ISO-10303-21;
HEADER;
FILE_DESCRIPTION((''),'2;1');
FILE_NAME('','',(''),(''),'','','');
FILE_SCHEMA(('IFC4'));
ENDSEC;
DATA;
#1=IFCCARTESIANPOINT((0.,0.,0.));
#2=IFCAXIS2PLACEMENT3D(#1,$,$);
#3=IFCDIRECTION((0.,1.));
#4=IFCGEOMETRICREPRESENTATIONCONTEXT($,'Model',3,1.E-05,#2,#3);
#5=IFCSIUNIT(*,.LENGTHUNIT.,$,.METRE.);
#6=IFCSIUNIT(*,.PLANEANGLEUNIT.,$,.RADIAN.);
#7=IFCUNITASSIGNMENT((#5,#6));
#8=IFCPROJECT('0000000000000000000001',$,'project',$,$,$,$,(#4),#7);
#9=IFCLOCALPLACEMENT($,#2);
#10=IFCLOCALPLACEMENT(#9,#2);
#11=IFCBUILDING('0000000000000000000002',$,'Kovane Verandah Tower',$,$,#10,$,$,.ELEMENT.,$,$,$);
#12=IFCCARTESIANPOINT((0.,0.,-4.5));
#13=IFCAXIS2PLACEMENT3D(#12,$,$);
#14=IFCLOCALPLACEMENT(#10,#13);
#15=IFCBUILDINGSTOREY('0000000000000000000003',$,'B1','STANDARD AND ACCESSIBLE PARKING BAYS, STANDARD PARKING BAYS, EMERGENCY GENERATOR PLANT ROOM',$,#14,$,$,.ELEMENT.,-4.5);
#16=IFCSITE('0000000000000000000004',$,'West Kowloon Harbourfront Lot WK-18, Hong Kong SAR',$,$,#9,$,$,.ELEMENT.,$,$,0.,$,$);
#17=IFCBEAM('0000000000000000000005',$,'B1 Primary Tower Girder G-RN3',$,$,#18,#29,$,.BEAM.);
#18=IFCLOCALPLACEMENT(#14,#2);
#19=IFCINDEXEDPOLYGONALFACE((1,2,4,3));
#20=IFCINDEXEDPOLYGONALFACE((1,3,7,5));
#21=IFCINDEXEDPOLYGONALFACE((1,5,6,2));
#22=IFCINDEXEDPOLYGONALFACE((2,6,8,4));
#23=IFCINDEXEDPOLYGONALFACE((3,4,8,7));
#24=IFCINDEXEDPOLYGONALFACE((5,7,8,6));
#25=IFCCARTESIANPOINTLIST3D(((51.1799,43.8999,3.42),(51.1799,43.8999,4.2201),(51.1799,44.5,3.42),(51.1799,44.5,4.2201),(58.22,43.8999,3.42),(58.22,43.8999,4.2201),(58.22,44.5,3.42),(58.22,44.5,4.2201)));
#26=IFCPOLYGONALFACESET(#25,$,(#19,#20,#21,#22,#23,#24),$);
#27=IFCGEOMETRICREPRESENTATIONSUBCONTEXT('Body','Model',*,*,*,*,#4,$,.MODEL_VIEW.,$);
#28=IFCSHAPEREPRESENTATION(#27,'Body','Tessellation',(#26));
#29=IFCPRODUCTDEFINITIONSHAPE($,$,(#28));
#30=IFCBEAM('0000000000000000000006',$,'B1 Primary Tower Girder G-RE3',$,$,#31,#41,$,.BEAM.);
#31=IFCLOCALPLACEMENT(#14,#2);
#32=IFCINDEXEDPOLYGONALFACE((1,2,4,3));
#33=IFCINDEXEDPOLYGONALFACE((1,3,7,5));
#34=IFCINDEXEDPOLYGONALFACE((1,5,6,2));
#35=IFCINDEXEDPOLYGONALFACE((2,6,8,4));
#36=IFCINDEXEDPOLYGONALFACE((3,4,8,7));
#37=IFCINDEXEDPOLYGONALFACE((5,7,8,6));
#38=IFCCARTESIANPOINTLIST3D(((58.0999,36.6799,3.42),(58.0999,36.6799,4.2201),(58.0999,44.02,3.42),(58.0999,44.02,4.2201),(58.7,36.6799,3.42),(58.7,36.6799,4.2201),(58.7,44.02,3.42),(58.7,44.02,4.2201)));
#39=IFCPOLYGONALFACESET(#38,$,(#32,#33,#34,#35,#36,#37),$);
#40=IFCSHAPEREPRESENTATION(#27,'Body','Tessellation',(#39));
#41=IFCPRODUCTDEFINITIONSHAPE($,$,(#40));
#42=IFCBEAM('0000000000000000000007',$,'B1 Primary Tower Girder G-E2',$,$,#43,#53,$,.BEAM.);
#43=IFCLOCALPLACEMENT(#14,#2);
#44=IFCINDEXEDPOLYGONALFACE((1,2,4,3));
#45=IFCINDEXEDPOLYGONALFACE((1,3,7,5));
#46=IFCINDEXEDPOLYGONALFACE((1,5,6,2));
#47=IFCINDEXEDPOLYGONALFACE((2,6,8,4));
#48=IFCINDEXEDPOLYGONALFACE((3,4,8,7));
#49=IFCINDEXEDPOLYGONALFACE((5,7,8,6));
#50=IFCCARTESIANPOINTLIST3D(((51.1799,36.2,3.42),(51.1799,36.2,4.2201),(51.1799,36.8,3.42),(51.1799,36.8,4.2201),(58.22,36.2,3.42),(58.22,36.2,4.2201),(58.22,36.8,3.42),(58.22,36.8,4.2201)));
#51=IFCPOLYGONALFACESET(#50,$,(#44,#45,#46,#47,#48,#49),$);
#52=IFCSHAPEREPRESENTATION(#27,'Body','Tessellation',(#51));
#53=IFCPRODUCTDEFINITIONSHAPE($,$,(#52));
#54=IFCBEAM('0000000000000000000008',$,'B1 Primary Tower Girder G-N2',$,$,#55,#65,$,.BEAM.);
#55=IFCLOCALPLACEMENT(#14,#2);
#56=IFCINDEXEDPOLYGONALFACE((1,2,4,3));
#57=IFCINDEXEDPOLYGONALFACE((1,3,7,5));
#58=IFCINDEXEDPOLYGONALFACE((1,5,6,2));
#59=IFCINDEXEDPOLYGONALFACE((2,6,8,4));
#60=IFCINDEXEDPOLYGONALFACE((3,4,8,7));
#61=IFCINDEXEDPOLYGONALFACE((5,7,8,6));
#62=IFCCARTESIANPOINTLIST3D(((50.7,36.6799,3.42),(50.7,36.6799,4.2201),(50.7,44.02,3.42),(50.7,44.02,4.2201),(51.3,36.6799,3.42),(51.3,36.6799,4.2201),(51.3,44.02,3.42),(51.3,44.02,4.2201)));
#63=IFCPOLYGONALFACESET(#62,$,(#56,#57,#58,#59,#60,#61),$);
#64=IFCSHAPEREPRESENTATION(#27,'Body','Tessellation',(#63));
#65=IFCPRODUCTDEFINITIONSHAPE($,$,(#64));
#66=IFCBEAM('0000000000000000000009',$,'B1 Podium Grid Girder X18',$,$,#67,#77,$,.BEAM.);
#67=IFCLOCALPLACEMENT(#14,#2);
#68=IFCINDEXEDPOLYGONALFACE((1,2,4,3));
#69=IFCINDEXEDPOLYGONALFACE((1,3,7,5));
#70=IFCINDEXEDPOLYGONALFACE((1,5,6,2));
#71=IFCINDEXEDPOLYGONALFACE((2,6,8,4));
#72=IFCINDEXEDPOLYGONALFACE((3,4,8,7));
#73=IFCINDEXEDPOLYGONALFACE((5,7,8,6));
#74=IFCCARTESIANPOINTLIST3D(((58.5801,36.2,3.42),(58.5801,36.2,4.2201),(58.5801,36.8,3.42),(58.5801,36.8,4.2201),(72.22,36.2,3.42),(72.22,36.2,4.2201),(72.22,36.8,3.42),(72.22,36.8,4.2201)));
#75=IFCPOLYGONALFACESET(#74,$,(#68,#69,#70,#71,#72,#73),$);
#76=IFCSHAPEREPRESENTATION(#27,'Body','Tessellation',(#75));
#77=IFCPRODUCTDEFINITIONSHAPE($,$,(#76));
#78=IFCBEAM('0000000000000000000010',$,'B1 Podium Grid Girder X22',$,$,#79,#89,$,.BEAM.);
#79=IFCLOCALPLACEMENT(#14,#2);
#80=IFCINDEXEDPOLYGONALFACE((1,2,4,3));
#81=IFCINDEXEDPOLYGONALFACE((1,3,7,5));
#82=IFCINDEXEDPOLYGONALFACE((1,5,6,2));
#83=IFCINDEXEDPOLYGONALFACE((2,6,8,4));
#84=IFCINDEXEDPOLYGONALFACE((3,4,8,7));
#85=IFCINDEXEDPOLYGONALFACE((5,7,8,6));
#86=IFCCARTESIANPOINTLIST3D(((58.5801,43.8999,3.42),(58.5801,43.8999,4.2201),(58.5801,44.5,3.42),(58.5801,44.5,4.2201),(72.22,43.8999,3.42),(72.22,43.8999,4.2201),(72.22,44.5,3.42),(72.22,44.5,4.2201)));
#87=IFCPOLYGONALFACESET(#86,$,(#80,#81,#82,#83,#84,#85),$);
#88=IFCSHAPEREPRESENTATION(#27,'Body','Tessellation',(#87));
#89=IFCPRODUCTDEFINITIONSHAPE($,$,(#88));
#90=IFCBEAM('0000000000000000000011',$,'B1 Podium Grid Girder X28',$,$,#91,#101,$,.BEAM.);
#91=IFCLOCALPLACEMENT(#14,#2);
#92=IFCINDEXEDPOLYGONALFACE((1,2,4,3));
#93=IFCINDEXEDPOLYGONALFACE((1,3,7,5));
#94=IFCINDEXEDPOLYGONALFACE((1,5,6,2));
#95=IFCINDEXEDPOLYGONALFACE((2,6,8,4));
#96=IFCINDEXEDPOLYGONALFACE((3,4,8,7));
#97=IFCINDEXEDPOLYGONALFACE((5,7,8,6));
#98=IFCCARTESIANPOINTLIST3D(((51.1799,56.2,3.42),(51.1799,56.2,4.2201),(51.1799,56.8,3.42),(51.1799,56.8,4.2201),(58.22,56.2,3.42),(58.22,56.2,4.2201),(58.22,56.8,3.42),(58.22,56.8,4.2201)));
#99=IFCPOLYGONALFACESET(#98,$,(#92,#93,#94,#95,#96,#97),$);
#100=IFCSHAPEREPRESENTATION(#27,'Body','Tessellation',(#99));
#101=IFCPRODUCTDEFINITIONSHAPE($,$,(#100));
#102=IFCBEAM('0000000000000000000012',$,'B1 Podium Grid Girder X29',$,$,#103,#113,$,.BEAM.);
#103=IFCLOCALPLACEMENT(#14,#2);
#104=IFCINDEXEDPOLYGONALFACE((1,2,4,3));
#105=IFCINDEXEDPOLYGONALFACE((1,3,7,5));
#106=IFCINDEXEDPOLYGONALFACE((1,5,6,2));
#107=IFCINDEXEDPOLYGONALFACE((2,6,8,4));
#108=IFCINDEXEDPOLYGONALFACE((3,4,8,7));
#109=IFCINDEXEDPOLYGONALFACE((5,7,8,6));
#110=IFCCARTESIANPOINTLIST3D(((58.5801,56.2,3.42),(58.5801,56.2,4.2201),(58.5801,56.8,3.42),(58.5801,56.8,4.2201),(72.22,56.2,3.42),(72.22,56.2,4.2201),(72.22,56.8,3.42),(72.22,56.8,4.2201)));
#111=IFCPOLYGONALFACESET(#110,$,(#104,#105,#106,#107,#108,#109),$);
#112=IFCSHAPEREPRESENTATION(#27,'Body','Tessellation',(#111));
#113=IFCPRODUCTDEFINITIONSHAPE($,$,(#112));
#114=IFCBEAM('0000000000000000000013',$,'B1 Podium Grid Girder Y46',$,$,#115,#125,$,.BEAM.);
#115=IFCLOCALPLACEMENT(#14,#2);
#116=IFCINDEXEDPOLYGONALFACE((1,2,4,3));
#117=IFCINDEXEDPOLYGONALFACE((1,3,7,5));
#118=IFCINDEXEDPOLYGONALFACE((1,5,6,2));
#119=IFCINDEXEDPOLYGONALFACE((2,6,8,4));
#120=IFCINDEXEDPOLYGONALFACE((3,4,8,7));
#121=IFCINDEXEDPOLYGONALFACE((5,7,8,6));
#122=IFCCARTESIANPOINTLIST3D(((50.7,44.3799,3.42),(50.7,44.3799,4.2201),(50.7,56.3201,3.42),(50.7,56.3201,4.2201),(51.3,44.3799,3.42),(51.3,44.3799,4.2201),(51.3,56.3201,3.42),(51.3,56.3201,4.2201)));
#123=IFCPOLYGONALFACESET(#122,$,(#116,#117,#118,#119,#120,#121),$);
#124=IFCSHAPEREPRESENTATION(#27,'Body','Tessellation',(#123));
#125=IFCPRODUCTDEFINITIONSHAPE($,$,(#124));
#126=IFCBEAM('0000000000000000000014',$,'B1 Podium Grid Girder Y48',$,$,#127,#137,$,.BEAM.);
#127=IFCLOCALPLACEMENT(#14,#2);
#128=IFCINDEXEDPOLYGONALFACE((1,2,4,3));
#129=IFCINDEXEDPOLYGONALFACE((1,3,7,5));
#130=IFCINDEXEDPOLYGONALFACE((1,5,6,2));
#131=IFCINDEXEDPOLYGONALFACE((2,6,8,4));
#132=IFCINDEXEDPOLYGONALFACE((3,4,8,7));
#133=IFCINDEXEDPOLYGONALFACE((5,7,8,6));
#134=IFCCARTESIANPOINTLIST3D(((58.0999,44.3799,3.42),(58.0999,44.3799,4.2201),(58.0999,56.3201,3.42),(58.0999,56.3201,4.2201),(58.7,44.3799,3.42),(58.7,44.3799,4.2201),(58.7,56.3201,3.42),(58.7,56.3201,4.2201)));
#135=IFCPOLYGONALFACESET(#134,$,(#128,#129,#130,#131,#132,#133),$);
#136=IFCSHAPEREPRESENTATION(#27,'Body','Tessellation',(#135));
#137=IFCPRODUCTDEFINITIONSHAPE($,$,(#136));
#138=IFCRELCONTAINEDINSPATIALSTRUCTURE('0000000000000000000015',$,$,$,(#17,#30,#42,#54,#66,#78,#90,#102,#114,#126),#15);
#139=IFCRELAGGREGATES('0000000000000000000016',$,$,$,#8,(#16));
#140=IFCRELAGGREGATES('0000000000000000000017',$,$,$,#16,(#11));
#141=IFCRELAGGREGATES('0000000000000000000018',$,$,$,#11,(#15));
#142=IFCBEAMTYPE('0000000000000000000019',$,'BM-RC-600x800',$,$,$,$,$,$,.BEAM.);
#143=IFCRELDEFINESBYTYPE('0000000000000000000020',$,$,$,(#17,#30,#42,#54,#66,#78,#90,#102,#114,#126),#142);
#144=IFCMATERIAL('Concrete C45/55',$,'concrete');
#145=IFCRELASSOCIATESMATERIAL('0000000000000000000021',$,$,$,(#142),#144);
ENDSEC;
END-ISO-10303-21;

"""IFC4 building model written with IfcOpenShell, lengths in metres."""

from ifc_helpers import new_model, si_unit, direction, frame, origin, origin_2d, place, context, subcontext, project, spatial, rectangle, extrude, material, material_profile, profile_set, type_object, element, save


model = new_model("IFC4")

# Units and contexts
model_context = context("Model", 3, precision=1e-05, world=origin(), true_north=direction((0.0, 1.0)))
body_context = subcontext(model_context, "Body", "Model", "MODEL_VIEW")
ifc_project = project(units=[si_unit("LENGTHUNIT", "METRE"), si_unit("PLANEANGLEUNIT", "RADIAN")], contexts=[model_context])

# Site, building, storey
site_placement = place(None, origin())
site = spatial("IfcSite", under=ifc_project, at=site_placement, Name="West Kowloon Harbourfront Lot WK-18, Hong Kong SAR", CompositionType="ELEMENT", RefElevation=0.0)
building_placement = place(site_placement, origin())
building = spatial("IfcBuilding", under=site, at=building_placement, Name="Kovane Verandah Tower", CompositionType="ELEMENT")
storey_placement = place(building_placement, frame((0.0, 0.0, -4.5)))
storey = spatial("IfcBuildingStorey", under=building, at=storey_placement, Name="B1", Description="STANDARD AND ACCESSIBLE PARKING BAYS, STANDARD PARKING BAYS, EMERGENCY GENERATOR PLANT ROOM", CompositionType="ELEMENT", Elevation=-4.5)

# Beams
ifc_material_1 = material(Name="Concrete C45/55", Category="concrete")
ifc_material_profile_1 = material_profile(ifc_material_1, rectangle(XDim=0.6001, YDim=0.8, at=origin_2d()), Name="RCB600x800")
ifc_profile_set_1 = profile_set([ifc_material_profile_1], Name="Concrete C45/55")
beam_type_1 = type_object("IfcBeamType", Name="BM-RC-600x800", PredefinedType="BEAM", material=ifc_profile_set_1)
beam_1_placement = place(storey_placement, frame((51.1799, 44.2, 3.8201), z_axis=(1.0, 0.0, 0.0), x_axis=(0.0, 1.0, 0.0)))
element("IfcBeam", 1, at=beam_1_placement, inside=storey, type_object=beam_type_1, Name="B1 Primary Tower Girder G-RN3", PredefinedType="BEAM", context=body_context, shape_type="SweptSolid", body=[
    extrude(rectangle(XDim=0.6001, YDim=0.8, at=origin_2d()), origin(), (0.0, 0.0, 1.0), 7.04),
])
beam_2_placement = place(storey_placement, frame((58.3999, 36.6799, 3.8201), z_axis=(0.0, 1.0, 0.0), x_axis=(-1.0, 0.0, 0.0)))
element("IfcBeam", 2, at=beam_2_placement, inside=storey, type_object=beam_type_1, Name="B1 Primary Tower Girder G-RE3", PredefinedType="BEAM", context=body_context, shape_type="SweptSolid", body=[
    extrude(rectangle(XDim=0.6001, YDim=0.8, at=origin_2d()), origin(), (0.0, 0.0, 1.0), 7.3401),
])
beam_3_placement = place(storey_placement, frame((51.1799, 36.5, 3.8201), z_axis=(1.0, 0.0, 0.0), x_axis=(0.0, 1.0, 0.0)))
element("IfcBeam", 3, at=beam_3_placement, inside=storey, type_object=beam_type_1, Name="B1 Primary Tower Girder G-E2", PredefinedType="BEAM", context=body_context, shape_type="SweptSolid", body=[
    extrude(rectangle(XDim=0.6001, YDim=0.8, at=origin_2d()), origin(), (0.0, 0.0, 1.0), 7.04),
])
beam_4_placement = place(storey_placement, frame((51.0, 36.6799, 3.8201), z_axis=(0.0, 1.0, 0.0), x_axis=(-1.0, 0.0, 0.0)))
element("IfcBeam", 4, at=beam_4_placement, inside=storey, type_object=beam_type_1, Name="B1 Primary Tower Girder G-N2", PredefinedType="BEAM", context=body_context, shape_type="SweptSolid", body=[
    extrude(rectangle(XDim=0.6001, YDim=0.8, at=origin_2d()), origin(), (0.0, 0.0, 1.0), 7.3401),
])
for number, where, z_axis, x_axis, name in (
    (5, (58.5801, 36.5, 3.8201), (1.0, 0.0, 0.0), (0.0, 1.0, 0.0), "B1 Podium Grid Girder X18"),
    (6, (58.5801, 44.2, 3.8201), (1.0, 0.0, 0.0), (0.0, 1.0, 0.0), "B1 Podium Grid Girder X22"),
):
    element("IfcBeam", number, at=place(storey_placement, frame(where, z_axis=z_axis, x_axis=x_axis)), inside=storey, type_object=beam_type_1, Name=name, PredefinedType="BEAM", context=body_context, shape_type="SweptSolid", body=[
        extrude(rectangle(XDim=0.6001, YDim=0.8, at=origin_2d()), origin(), (0.0, 0.0, 1.0), 13.6399),
    ])
beam_5_placement = place(storey_placement, frame((51.1799, 56.5, 3.8201), z_axis=(1.0, 0.0, 0.0), x_axis=(0.0, 1.0, 0.0)))
element("IfcBeam", 7, at=beam_5_placement, inside=storey, type_object=beam_type_1, Name="B1 Podium Grid Girder X28", PredefinedType="BEAM", context=body_context, shape_type="SweptSolid", body=[
    extrude(rectangle(XDim=0.6001, YDim=0.8, at=origin_2d()), origin(), (0.0, 0.0, 1.0), 7.04),
])
beam_6_placement = place(storey_placement, frame((58.5801, 56.5, 3.8201), z_axis=(1.0, 0.0, 0.0), x_axis=(0.0, 1.0, 0.0)))
element("IfcBeam", 8, at=beam_6_placement, inside=storey, type_object=beam_type_1, Name="B1 Podium Grid Girder X29", PredefinedType="BEAM", context=body_context, shape_type="SweptSolid", body=[
    extrude(rectangle(XDim=0.6001, YDim=0.8, at=origin_2d()), origin(), (0.0, 0.0, 1.0), 13.6399),
])
for number, where, z_axis, x_axis, name in (
    (9, (51.0, 44.3799, 3.8201), (0.0, 1.0, 0.0), (-1.0, 0.0, 0.0), "B1 Podium Grid Girder Y46"),
    (10, (58.3999, 44.3799, 3.8201), (0.0, 1.0, 0.0), (-1.0, 0.0, 0.0), "B1 Podium Grid Girder Y48"),
):
    element("IfcBeam", number, at=place(storey_placement, frame(where, z_axis=z_axis, x_axis=x_axis)), inside=storey, type_object=beam_type_1, Name=name, PredefinedType="BEAM", context=body_context, shape_type="SweptSolid", body=[
        extrude(rectangle(XDim=0.6001, YDim=0.8, at=origin_2d()), origin(), (0.0, 0.0, 1.0), 11.9402),
    ])

save(model, "model.ifc")
